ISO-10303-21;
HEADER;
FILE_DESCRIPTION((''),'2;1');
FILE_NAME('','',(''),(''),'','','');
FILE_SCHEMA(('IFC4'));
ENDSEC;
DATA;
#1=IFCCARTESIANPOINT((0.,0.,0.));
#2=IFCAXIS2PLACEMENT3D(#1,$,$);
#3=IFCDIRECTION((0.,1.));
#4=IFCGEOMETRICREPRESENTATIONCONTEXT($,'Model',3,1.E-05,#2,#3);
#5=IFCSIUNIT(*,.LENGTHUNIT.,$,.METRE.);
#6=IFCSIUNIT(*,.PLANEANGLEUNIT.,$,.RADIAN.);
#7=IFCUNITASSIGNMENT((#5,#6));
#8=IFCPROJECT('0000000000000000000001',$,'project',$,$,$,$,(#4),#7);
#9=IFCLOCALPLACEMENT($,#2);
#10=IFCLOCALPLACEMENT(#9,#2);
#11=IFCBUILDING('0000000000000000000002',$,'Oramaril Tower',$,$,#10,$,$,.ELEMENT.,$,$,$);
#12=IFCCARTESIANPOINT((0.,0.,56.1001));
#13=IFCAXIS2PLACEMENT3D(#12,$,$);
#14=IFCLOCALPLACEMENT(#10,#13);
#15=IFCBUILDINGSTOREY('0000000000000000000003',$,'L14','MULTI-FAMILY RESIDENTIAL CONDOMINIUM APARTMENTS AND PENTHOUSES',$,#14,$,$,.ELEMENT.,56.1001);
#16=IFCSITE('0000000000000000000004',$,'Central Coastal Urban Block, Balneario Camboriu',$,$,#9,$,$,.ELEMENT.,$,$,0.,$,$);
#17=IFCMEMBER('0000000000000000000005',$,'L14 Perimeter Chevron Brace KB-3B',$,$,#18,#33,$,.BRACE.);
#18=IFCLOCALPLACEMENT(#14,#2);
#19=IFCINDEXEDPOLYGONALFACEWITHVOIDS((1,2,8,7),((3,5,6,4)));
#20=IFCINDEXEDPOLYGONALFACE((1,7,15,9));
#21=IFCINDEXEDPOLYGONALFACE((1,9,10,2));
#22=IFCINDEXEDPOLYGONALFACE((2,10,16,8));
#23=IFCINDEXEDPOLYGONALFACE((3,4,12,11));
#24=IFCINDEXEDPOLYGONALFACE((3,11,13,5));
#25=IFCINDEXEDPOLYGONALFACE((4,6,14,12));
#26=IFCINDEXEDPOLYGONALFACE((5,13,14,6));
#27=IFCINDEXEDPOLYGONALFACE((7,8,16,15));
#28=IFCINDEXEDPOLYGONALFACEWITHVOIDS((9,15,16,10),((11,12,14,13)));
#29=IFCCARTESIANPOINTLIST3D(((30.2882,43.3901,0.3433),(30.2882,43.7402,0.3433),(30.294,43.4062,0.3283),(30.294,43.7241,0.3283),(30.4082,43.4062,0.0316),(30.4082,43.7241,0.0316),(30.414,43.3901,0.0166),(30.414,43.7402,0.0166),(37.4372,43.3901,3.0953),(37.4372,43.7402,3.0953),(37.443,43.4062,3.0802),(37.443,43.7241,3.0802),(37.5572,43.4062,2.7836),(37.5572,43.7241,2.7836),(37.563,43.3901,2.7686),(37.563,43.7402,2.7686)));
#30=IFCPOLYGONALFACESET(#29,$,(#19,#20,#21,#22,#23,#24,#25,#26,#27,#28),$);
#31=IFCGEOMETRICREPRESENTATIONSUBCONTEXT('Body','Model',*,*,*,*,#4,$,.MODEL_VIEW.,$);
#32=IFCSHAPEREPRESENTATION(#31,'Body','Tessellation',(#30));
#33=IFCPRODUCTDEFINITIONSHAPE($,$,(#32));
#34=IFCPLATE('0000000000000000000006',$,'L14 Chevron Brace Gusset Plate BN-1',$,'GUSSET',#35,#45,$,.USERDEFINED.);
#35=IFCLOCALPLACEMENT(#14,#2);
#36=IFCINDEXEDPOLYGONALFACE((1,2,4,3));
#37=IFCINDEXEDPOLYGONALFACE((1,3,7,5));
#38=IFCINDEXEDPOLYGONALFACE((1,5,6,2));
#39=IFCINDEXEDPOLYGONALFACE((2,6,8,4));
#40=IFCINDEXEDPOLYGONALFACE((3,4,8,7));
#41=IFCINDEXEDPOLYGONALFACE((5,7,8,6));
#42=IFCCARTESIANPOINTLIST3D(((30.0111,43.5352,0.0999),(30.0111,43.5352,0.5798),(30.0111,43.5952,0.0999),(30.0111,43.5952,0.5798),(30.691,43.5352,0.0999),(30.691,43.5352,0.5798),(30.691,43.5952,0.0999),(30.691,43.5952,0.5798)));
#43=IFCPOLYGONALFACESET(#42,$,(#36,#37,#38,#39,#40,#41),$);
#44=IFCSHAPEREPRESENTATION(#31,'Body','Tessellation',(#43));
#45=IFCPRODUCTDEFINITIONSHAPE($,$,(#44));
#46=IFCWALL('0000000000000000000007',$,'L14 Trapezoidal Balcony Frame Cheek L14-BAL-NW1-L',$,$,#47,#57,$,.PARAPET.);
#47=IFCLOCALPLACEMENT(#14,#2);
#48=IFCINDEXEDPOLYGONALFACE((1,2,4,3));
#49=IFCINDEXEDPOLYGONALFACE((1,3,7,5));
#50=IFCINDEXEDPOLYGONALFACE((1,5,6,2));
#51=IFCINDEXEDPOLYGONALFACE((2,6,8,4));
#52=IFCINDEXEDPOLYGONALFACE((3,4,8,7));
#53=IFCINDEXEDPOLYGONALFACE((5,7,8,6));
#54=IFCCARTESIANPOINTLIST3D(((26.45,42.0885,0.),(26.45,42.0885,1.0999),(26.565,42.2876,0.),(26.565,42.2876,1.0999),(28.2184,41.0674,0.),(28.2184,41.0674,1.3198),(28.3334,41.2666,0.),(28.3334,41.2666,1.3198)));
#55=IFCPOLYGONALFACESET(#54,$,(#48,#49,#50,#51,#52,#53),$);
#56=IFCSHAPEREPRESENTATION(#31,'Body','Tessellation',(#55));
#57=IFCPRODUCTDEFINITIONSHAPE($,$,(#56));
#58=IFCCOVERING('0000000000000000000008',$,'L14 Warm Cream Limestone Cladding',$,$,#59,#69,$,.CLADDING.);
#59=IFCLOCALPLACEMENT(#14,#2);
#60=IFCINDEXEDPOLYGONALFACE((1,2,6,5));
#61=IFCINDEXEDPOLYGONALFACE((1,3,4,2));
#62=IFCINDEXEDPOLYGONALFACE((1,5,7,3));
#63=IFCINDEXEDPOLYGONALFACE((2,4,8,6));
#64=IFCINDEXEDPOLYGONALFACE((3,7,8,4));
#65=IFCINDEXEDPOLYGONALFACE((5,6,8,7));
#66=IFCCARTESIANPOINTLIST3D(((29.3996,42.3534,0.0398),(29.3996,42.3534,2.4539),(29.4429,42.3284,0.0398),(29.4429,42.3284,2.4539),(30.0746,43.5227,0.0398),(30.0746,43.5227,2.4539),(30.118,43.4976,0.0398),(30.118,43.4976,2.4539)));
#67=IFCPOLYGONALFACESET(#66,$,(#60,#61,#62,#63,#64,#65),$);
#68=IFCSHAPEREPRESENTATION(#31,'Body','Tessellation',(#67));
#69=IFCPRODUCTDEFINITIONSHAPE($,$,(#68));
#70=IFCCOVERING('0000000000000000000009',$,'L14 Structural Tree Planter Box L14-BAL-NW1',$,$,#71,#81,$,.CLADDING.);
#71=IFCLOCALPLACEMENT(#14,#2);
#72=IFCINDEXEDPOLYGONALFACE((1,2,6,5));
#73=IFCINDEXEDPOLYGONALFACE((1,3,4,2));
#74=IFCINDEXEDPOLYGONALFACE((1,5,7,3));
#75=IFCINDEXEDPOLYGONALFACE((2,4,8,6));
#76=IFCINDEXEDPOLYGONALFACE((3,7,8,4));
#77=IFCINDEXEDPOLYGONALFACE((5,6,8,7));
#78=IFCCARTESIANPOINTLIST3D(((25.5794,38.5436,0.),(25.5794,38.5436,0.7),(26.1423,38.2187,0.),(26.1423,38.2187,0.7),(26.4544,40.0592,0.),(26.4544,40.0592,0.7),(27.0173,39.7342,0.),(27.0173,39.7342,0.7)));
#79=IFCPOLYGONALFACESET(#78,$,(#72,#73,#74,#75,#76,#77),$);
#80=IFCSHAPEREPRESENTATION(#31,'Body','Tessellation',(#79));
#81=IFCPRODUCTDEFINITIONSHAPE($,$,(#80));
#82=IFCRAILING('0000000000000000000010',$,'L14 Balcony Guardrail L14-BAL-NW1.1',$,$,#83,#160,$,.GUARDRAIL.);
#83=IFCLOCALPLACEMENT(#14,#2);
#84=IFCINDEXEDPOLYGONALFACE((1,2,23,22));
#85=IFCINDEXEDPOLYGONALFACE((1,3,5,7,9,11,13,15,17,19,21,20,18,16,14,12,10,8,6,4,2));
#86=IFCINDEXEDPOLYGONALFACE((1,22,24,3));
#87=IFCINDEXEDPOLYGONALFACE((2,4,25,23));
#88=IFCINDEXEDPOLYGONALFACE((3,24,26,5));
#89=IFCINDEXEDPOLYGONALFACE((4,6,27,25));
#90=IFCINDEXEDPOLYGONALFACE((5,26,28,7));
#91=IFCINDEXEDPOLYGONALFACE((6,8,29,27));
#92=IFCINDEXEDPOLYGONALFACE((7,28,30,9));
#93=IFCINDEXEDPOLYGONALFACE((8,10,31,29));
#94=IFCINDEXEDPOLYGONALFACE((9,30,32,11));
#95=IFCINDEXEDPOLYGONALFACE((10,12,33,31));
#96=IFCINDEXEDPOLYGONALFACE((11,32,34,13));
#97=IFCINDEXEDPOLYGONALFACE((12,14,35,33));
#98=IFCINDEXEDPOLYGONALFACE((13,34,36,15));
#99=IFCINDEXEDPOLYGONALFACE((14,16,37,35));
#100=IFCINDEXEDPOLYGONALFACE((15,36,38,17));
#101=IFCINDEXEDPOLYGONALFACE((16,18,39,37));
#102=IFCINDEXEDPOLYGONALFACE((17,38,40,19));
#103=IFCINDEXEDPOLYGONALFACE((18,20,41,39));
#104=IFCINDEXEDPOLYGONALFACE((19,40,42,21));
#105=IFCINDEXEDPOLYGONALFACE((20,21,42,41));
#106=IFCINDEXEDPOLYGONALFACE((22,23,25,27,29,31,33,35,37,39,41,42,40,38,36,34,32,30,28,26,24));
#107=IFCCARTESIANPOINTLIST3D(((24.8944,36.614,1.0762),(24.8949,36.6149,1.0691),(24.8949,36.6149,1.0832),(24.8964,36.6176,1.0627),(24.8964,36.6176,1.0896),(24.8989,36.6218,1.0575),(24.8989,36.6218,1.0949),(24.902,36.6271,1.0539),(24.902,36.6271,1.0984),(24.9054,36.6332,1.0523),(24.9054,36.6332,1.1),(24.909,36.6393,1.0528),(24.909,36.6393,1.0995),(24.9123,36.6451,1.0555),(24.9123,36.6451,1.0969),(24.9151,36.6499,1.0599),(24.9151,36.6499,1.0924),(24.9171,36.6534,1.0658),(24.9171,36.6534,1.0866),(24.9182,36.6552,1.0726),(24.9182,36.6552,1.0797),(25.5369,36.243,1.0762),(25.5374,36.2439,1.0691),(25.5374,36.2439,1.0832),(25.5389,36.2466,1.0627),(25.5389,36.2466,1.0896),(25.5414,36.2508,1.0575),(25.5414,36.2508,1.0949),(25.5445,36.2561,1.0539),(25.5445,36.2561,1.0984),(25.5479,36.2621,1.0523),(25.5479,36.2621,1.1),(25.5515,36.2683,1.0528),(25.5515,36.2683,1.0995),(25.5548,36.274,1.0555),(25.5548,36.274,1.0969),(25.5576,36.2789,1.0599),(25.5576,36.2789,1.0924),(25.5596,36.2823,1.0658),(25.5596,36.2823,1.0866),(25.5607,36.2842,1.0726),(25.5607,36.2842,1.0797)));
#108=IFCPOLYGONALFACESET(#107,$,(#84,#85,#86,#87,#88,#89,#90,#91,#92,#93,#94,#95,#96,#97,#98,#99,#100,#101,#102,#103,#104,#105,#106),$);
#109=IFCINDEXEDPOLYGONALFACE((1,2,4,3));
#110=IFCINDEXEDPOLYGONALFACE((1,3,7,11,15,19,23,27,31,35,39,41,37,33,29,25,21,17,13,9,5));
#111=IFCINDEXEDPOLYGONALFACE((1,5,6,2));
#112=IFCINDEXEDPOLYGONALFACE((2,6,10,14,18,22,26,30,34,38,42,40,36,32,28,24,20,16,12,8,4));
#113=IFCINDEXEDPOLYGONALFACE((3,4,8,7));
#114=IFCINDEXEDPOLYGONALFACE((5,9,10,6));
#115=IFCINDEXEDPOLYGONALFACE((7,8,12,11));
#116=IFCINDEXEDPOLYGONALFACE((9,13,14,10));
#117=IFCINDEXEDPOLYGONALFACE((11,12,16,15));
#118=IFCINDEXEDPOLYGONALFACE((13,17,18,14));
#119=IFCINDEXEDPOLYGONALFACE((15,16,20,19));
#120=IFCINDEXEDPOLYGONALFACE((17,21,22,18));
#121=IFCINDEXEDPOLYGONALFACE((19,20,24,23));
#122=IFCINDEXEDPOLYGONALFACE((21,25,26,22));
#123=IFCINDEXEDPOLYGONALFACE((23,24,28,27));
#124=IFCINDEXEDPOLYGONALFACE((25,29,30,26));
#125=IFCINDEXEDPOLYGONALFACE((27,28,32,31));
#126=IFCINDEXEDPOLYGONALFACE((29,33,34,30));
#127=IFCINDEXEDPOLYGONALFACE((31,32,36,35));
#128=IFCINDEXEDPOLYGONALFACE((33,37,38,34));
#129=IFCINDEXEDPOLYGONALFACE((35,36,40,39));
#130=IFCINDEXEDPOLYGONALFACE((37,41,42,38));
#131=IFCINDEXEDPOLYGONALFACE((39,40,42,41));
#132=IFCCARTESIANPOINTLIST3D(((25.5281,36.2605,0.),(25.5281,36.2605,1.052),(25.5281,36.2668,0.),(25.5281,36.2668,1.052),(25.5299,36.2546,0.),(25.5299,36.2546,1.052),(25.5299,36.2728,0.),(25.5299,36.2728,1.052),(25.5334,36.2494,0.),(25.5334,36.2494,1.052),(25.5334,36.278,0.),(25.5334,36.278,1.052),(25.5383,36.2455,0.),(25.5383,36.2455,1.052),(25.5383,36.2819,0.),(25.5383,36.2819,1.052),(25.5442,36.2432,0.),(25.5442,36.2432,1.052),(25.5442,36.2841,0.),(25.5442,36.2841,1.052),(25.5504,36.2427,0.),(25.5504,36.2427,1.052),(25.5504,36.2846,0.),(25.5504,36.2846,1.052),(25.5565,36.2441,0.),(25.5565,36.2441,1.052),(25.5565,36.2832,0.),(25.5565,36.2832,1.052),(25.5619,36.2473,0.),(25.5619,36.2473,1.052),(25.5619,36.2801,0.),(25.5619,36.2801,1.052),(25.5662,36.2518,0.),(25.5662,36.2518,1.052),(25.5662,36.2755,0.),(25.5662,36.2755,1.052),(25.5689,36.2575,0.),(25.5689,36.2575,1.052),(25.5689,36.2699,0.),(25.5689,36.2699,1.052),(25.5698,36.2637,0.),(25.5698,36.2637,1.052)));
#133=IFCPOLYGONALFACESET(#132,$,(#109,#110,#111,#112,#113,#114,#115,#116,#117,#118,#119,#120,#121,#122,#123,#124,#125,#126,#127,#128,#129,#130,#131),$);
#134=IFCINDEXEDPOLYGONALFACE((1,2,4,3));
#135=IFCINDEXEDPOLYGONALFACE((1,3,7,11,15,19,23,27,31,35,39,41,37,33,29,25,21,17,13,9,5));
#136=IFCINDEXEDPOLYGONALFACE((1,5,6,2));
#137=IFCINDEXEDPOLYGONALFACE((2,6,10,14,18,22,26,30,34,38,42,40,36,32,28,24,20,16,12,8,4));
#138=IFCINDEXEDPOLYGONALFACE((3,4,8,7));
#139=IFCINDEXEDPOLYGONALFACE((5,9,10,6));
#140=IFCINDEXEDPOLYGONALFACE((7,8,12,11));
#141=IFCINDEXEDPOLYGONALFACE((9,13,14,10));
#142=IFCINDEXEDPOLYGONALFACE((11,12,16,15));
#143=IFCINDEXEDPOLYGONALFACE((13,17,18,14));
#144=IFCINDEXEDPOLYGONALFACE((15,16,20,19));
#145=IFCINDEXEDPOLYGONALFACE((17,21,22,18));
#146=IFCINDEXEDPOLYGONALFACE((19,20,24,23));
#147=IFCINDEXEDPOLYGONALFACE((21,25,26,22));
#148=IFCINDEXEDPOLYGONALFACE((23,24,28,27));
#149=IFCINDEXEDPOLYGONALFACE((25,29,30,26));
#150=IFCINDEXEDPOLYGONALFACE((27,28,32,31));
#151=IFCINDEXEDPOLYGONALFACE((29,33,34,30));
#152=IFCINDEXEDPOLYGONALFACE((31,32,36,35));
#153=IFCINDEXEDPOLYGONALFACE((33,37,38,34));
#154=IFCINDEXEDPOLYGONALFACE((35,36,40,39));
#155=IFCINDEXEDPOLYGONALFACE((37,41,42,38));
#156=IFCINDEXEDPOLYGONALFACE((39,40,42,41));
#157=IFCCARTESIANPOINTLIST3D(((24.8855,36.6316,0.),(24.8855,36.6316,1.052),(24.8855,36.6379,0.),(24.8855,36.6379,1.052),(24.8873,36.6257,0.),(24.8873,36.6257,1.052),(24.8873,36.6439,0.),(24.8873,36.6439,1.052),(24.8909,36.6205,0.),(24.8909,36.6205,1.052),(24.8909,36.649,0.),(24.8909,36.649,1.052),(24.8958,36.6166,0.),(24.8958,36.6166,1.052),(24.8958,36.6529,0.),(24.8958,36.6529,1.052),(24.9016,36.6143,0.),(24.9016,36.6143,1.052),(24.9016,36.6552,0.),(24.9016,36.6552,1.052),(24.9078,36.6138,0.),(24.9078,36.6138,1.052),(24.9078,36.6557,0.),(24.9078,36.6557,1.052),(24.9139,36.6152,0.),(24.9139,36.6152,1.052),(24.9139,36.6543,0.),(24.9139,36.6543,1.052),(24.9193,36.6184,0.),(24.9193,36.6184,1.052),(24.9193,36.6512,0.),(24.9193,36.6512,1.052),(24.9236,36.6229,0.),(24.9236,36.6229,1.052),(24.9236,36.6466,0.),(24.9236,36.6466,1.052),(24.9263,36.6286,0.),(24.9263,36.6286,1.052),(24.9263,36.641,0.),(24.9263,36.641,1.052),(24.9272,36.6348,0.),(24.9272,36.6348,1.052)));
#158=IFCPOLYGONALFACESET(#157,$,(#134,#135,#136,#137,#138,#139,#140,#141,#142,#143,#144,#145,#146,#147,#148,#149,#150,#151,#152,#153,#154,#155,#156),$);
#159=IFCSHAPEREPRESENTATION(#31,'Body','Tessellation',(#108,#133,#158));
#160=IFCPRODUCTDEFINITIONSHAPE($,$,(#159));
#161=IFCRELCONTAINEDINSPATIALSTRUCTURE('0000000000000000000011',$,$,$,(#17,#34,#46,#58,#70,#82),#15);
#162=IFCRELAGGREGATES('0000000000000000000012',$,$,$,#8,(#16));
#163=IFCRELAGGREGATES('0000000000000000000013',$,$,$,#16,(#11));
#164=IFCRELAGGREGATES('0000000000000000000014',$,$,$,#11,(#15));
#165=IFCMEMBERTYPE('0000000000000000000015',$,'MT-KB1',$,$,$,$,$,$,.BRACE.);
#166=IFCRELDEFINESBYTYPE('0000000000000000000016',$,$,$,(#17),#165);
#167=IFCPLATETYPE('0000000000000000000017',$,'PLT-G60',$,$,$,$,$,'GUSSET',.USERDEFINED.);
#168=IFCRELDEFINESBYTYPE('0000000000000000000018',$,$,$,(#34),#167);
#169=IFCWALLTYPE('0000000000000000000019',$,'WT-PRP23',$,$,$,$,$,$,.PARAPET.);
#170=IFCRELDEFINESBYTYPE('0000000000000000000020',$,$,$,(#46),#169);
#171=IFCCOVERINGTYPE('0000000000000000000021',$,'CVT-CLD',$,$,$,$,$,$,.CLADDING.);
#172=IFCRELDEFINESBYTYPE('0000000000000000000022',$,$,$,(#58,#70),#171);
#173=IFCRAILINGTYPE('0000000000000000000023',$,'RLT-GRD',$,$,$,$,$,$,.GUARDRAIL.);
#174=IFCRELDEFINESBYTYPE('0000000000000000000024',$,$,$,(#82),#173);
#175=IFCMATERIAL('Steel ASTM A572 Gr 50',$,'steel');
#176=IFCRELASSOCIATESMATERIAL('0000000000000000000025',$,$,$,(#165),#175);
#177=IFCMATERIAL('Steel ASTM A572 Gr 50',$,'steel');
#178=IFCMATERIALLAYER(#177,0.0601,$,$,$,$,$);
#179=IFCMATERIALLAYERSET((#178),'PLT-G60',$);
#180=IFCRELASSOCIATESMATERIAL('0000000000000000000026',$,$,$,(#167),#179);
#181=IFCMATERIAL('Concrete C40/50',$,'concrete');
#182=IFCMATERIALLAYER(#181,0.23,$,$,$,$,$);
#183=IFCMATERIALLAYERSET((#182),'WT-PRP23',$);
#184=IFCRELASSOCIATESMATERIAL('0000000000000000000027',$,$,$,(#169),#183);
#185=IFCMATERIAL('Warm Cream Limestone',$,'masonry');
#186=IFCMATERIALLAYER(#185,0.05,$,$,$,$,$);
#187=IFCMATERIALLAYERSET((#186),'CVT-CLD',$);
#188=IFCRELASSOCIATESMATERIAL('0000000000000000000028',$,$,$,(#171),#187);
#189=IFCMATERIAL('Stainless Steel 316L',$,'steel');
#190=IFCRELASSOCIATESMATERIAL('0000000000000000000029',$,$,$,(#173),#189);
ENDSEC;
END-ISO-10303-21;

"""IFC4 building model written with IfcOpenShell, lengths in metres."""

from ifc_helpers import new_model, si_unit, direction, frame, origin, origin_2d, place, context, subcontext, project, spatial, polyline, rectangle, hollow_rectangle, circle, outline, extrude, material, layer, layer_set, material_profile, profile_set, type_object, element, save


model = new_model("IFC4")

# Units and contexts
model_context = context("Model", 3, precision=1e-05, world=origin(), true_north=direction((0.0, 1.0)))
body_context = subcontext(model_context, "Body", "Model", "MODEL_VIEW")
ifc_project = project(units=[si_unit("LENGTHUNIT", "METRE"), si_unit("PLANEANGLEUNIT", "RADIAN")], contexts=[model_context])

# Site, building, storey
site_placement = place(None, origin())
site = spatial("IfcSite", under=ifc_project, at=site_placement, Name="Central Coastal Urban Block, Balneario Camboriu", CompositionType="ELEMENT", RefElevation=0.0)
building_placement = place(site_placement, origin())
building = spatial("IfcBuilding", under=site, at=building_placement, Name="Oramaril Tower", CompositionType="ELEMENT")
storey_placement = place(building_placement, frame((0.0, 0.0, 56.1001)))
storey = spatial("IfcBuildingStorey", under=building, at=storey_placement, Name="L14", Description="MULTI-FAMILY RESIDENTIAL CONDOMINIUM APARTMENTS AND PENTHOUSES", CompositionType="ELEMENT", Elevation=56.1001)

# Member
ifc_material_1 = material(Name="Steel ASTM A572 Gr 50", Category="steel")
ifc_material_profile_1 = material_profile(ifc_material_1, hollow_rectangle(XDim=0.3501, YDim=0.3501, WallThickness=0.0161, at=origin_2d()), Name="HSS350X350X16")
ifc_profile_set_1 = profile_set([ifc_material_profile_1], Name="Steel ASTM A572 Gr 50")
member_type = type_object("IfcMemberType", Name="MT-KB1", PredefinedType="BRACE", material=ifc_profile_set_1)
member_placement = place(storey_placement, frame((30.3511, 43.5652, 0.1799), z_axis=(0.933242, 0.0, 0.359248), x_axis=(0.0, 1.0, 0.0)))
element("IfcMember", 1, at=member_placement, inside=storey, type_object=member_type, Name="L14 Perimeter Chevron Brace KB-3B", PredefinedType="BRACE", context=body_context, shape_type="SweptSolid", body=[
    extrude(hollow_rectangle(XDim=0.3501, YDim=0.3501, WallThickness=0.0161, at=origin_2d()), origin(), (0.0, 0.0, 1.0), 7.6604),
])

# Plate
ifc_material_2 = material(Name="Steel ASTM A572 Gr 50", Category="steel")
ifc_layer_1 = layer(ifc_material_2, 0.0601)
ifc_layer_set_1 = layer_set([ifc_layer_1], Name="PLT-G60")
plate_type = type_object("IfcPlateType", Name="PLT-G60", ElementType="GUSSET", PredefinedType="USERDEFINED", material=ifc_layer_set_1)
plate_placement = place(storey_placement, frame((30.3511, 43.5652, 0.0999), z_axis=(0.0, 0.0, 1.0), x_axis=(-1.0, 0.0, 0.0)))
element("IfcPlate", 2, at=plate_placement, inside=storey, type_object=plate_type, Name="L14 Chevron Brace Gusset Plate BN-1", ObjectType="GUSSET", PredefinedType="USERDEFINED", context=body_context, shape_type="SweptSolid", body=[
    extrude(rectangle(XDim=0.6799, YDim=0.0601, at=origin_2d()), origin(), (0.0, 0.0, 1.0), 0.48),
])

# Wall
ifc_material_3 = material(Name="Concrete C40/50", Category="concrete")
ifc_layer_2 = layer(ifc_material_3, 0.23)
ifc_layer_set_2 = layer_set([ifc_layer_2], Name="WT-PRP23")
wall_type_1 = type_object("IfcWallType", Name="WT-PRP23", PredefinedType="PARAPET", material=ifc_layer_set_2)
wall_1_placement = place(storey_placement, frame((28.2759, 41.167, 0.0), z_axis=(0.0, 0.0, 1.0), x_axis=(-0.866012, 0.500023, 0.0)))
element("IfcWall", 3, at=wall_1_placement, inside=storey, type_object=wall_type_1, Name="L14 Trapezoidal Balcony Frame Cheek L14-BAL-NW1-L", PredefinedType="PARAPET", context=body_context, shape_type="SweptSolid", body=[
    extrude(outline(polyline([(0.0, 0.0), (2.042, 0.0), (2.042, 1.0999), (0.0, 1.3198), (0.0, 0.0)])), frame((0.0, 0.115, 0.0), z_axis=(0.0, -1.0, 0.0), x_axis=(1.0, 0.0, 0.0)), (0.0, 0.0, 1.0), 0.23),
])

# Coverings
ifc_material_4 = material(Name="Warm Cream Limestone", Category="masonry")
ifc_layer_3 = layer(ifc_material_4, 0.05)
ifc_layer_set_3 = layer_set([ifc_layer_3], Name="CVT-CLD")
covering_type = type_object("IfcCoveringType", Name="CVT-CLD", PredefinedType="CLADDING", material=ifc_layer_set_3)
covering_1_placement = place(storey_placement, frame((29.7588, 42.9255, 0.0398), z_axis=(0.0, 0.0, 1.0), x_axis=(-0.499998, -0.866026, 0.0)))
element("IfcCovering", 4, at=covering_1_placement, inside=storey, type_object=covering_type, Name="L14 Warm Cream Limestone Cladding", PredefinedType="CLADDING", context=body_context, shape_type="SweptSolid", body=[
    extrude(rectangle(XDim=1.3501, YDim=0.05, at=origin_2d()), origin(), (0.0, 0.0, 1.0), 2.4141),
])
covering_2_placement = place(storey_placement, frame((26.2983, 39.1389, 0.0), z_axis=(0.0, 0.0, 1.0), x_axis=(-0.499998, -0.866026, 0.0)))
element("IfcCovering", 5, at=covering_2_placement, inside=storey, type_object=covering_type, Name="L14 Structural Tree Planter Box L14-BAL-NW1", PredefinedType="CLADDING", context=body_context, shape_type="SweptSolid", body=[
    extrude(rectangle(XDim=1.75, YDim=0.6499, at=origin_2d()), origin(), (0.0, 0.0, 1.0), 0.7),
])

# Railing
ifc_material_5 = material(Name="Stainless Steel 316L", Category="steel")
railing_type = type_object("IfcRailingType", Name="RLT-GRD", PredefinedType="GUARDRAIL", material=ifc_material_5)
railing_1_placement = place(storey_placement, frame((25.5488, 36.2637, 0.0)))
element("IfcRailing", 6, at=railing_1_placement, inside=storey, type_object=railing_type, Name="L14 Balcony Guardrail L14-BAL-NW1.1", PredefinedType="GUARDRAIL", context=body_context, shape_type="SweptSolid", body=[
    extrude(circle(Radius=0.0239, at=origin_2d()), frame((0.0, 0.0, 1.0762), z_axis=(-0.865966, 0.500102, 0.0), x_axis=(-0.500102, -0.865966, 0.0)), (0.0, 0.0, 1.0), 0.7419),
    extrude(circle(Radius=0.021, at=origin_2d()), origin(), (0.0, 0.0, 1.0), 1.052),
    extrude(circle(Radius=0.021, at=origin_2d()), frame((-0.6426, 0.3711, 0.0)), (0.0, 0.0, 1.0), 1.052),
])

save(model, "model.ifc")
